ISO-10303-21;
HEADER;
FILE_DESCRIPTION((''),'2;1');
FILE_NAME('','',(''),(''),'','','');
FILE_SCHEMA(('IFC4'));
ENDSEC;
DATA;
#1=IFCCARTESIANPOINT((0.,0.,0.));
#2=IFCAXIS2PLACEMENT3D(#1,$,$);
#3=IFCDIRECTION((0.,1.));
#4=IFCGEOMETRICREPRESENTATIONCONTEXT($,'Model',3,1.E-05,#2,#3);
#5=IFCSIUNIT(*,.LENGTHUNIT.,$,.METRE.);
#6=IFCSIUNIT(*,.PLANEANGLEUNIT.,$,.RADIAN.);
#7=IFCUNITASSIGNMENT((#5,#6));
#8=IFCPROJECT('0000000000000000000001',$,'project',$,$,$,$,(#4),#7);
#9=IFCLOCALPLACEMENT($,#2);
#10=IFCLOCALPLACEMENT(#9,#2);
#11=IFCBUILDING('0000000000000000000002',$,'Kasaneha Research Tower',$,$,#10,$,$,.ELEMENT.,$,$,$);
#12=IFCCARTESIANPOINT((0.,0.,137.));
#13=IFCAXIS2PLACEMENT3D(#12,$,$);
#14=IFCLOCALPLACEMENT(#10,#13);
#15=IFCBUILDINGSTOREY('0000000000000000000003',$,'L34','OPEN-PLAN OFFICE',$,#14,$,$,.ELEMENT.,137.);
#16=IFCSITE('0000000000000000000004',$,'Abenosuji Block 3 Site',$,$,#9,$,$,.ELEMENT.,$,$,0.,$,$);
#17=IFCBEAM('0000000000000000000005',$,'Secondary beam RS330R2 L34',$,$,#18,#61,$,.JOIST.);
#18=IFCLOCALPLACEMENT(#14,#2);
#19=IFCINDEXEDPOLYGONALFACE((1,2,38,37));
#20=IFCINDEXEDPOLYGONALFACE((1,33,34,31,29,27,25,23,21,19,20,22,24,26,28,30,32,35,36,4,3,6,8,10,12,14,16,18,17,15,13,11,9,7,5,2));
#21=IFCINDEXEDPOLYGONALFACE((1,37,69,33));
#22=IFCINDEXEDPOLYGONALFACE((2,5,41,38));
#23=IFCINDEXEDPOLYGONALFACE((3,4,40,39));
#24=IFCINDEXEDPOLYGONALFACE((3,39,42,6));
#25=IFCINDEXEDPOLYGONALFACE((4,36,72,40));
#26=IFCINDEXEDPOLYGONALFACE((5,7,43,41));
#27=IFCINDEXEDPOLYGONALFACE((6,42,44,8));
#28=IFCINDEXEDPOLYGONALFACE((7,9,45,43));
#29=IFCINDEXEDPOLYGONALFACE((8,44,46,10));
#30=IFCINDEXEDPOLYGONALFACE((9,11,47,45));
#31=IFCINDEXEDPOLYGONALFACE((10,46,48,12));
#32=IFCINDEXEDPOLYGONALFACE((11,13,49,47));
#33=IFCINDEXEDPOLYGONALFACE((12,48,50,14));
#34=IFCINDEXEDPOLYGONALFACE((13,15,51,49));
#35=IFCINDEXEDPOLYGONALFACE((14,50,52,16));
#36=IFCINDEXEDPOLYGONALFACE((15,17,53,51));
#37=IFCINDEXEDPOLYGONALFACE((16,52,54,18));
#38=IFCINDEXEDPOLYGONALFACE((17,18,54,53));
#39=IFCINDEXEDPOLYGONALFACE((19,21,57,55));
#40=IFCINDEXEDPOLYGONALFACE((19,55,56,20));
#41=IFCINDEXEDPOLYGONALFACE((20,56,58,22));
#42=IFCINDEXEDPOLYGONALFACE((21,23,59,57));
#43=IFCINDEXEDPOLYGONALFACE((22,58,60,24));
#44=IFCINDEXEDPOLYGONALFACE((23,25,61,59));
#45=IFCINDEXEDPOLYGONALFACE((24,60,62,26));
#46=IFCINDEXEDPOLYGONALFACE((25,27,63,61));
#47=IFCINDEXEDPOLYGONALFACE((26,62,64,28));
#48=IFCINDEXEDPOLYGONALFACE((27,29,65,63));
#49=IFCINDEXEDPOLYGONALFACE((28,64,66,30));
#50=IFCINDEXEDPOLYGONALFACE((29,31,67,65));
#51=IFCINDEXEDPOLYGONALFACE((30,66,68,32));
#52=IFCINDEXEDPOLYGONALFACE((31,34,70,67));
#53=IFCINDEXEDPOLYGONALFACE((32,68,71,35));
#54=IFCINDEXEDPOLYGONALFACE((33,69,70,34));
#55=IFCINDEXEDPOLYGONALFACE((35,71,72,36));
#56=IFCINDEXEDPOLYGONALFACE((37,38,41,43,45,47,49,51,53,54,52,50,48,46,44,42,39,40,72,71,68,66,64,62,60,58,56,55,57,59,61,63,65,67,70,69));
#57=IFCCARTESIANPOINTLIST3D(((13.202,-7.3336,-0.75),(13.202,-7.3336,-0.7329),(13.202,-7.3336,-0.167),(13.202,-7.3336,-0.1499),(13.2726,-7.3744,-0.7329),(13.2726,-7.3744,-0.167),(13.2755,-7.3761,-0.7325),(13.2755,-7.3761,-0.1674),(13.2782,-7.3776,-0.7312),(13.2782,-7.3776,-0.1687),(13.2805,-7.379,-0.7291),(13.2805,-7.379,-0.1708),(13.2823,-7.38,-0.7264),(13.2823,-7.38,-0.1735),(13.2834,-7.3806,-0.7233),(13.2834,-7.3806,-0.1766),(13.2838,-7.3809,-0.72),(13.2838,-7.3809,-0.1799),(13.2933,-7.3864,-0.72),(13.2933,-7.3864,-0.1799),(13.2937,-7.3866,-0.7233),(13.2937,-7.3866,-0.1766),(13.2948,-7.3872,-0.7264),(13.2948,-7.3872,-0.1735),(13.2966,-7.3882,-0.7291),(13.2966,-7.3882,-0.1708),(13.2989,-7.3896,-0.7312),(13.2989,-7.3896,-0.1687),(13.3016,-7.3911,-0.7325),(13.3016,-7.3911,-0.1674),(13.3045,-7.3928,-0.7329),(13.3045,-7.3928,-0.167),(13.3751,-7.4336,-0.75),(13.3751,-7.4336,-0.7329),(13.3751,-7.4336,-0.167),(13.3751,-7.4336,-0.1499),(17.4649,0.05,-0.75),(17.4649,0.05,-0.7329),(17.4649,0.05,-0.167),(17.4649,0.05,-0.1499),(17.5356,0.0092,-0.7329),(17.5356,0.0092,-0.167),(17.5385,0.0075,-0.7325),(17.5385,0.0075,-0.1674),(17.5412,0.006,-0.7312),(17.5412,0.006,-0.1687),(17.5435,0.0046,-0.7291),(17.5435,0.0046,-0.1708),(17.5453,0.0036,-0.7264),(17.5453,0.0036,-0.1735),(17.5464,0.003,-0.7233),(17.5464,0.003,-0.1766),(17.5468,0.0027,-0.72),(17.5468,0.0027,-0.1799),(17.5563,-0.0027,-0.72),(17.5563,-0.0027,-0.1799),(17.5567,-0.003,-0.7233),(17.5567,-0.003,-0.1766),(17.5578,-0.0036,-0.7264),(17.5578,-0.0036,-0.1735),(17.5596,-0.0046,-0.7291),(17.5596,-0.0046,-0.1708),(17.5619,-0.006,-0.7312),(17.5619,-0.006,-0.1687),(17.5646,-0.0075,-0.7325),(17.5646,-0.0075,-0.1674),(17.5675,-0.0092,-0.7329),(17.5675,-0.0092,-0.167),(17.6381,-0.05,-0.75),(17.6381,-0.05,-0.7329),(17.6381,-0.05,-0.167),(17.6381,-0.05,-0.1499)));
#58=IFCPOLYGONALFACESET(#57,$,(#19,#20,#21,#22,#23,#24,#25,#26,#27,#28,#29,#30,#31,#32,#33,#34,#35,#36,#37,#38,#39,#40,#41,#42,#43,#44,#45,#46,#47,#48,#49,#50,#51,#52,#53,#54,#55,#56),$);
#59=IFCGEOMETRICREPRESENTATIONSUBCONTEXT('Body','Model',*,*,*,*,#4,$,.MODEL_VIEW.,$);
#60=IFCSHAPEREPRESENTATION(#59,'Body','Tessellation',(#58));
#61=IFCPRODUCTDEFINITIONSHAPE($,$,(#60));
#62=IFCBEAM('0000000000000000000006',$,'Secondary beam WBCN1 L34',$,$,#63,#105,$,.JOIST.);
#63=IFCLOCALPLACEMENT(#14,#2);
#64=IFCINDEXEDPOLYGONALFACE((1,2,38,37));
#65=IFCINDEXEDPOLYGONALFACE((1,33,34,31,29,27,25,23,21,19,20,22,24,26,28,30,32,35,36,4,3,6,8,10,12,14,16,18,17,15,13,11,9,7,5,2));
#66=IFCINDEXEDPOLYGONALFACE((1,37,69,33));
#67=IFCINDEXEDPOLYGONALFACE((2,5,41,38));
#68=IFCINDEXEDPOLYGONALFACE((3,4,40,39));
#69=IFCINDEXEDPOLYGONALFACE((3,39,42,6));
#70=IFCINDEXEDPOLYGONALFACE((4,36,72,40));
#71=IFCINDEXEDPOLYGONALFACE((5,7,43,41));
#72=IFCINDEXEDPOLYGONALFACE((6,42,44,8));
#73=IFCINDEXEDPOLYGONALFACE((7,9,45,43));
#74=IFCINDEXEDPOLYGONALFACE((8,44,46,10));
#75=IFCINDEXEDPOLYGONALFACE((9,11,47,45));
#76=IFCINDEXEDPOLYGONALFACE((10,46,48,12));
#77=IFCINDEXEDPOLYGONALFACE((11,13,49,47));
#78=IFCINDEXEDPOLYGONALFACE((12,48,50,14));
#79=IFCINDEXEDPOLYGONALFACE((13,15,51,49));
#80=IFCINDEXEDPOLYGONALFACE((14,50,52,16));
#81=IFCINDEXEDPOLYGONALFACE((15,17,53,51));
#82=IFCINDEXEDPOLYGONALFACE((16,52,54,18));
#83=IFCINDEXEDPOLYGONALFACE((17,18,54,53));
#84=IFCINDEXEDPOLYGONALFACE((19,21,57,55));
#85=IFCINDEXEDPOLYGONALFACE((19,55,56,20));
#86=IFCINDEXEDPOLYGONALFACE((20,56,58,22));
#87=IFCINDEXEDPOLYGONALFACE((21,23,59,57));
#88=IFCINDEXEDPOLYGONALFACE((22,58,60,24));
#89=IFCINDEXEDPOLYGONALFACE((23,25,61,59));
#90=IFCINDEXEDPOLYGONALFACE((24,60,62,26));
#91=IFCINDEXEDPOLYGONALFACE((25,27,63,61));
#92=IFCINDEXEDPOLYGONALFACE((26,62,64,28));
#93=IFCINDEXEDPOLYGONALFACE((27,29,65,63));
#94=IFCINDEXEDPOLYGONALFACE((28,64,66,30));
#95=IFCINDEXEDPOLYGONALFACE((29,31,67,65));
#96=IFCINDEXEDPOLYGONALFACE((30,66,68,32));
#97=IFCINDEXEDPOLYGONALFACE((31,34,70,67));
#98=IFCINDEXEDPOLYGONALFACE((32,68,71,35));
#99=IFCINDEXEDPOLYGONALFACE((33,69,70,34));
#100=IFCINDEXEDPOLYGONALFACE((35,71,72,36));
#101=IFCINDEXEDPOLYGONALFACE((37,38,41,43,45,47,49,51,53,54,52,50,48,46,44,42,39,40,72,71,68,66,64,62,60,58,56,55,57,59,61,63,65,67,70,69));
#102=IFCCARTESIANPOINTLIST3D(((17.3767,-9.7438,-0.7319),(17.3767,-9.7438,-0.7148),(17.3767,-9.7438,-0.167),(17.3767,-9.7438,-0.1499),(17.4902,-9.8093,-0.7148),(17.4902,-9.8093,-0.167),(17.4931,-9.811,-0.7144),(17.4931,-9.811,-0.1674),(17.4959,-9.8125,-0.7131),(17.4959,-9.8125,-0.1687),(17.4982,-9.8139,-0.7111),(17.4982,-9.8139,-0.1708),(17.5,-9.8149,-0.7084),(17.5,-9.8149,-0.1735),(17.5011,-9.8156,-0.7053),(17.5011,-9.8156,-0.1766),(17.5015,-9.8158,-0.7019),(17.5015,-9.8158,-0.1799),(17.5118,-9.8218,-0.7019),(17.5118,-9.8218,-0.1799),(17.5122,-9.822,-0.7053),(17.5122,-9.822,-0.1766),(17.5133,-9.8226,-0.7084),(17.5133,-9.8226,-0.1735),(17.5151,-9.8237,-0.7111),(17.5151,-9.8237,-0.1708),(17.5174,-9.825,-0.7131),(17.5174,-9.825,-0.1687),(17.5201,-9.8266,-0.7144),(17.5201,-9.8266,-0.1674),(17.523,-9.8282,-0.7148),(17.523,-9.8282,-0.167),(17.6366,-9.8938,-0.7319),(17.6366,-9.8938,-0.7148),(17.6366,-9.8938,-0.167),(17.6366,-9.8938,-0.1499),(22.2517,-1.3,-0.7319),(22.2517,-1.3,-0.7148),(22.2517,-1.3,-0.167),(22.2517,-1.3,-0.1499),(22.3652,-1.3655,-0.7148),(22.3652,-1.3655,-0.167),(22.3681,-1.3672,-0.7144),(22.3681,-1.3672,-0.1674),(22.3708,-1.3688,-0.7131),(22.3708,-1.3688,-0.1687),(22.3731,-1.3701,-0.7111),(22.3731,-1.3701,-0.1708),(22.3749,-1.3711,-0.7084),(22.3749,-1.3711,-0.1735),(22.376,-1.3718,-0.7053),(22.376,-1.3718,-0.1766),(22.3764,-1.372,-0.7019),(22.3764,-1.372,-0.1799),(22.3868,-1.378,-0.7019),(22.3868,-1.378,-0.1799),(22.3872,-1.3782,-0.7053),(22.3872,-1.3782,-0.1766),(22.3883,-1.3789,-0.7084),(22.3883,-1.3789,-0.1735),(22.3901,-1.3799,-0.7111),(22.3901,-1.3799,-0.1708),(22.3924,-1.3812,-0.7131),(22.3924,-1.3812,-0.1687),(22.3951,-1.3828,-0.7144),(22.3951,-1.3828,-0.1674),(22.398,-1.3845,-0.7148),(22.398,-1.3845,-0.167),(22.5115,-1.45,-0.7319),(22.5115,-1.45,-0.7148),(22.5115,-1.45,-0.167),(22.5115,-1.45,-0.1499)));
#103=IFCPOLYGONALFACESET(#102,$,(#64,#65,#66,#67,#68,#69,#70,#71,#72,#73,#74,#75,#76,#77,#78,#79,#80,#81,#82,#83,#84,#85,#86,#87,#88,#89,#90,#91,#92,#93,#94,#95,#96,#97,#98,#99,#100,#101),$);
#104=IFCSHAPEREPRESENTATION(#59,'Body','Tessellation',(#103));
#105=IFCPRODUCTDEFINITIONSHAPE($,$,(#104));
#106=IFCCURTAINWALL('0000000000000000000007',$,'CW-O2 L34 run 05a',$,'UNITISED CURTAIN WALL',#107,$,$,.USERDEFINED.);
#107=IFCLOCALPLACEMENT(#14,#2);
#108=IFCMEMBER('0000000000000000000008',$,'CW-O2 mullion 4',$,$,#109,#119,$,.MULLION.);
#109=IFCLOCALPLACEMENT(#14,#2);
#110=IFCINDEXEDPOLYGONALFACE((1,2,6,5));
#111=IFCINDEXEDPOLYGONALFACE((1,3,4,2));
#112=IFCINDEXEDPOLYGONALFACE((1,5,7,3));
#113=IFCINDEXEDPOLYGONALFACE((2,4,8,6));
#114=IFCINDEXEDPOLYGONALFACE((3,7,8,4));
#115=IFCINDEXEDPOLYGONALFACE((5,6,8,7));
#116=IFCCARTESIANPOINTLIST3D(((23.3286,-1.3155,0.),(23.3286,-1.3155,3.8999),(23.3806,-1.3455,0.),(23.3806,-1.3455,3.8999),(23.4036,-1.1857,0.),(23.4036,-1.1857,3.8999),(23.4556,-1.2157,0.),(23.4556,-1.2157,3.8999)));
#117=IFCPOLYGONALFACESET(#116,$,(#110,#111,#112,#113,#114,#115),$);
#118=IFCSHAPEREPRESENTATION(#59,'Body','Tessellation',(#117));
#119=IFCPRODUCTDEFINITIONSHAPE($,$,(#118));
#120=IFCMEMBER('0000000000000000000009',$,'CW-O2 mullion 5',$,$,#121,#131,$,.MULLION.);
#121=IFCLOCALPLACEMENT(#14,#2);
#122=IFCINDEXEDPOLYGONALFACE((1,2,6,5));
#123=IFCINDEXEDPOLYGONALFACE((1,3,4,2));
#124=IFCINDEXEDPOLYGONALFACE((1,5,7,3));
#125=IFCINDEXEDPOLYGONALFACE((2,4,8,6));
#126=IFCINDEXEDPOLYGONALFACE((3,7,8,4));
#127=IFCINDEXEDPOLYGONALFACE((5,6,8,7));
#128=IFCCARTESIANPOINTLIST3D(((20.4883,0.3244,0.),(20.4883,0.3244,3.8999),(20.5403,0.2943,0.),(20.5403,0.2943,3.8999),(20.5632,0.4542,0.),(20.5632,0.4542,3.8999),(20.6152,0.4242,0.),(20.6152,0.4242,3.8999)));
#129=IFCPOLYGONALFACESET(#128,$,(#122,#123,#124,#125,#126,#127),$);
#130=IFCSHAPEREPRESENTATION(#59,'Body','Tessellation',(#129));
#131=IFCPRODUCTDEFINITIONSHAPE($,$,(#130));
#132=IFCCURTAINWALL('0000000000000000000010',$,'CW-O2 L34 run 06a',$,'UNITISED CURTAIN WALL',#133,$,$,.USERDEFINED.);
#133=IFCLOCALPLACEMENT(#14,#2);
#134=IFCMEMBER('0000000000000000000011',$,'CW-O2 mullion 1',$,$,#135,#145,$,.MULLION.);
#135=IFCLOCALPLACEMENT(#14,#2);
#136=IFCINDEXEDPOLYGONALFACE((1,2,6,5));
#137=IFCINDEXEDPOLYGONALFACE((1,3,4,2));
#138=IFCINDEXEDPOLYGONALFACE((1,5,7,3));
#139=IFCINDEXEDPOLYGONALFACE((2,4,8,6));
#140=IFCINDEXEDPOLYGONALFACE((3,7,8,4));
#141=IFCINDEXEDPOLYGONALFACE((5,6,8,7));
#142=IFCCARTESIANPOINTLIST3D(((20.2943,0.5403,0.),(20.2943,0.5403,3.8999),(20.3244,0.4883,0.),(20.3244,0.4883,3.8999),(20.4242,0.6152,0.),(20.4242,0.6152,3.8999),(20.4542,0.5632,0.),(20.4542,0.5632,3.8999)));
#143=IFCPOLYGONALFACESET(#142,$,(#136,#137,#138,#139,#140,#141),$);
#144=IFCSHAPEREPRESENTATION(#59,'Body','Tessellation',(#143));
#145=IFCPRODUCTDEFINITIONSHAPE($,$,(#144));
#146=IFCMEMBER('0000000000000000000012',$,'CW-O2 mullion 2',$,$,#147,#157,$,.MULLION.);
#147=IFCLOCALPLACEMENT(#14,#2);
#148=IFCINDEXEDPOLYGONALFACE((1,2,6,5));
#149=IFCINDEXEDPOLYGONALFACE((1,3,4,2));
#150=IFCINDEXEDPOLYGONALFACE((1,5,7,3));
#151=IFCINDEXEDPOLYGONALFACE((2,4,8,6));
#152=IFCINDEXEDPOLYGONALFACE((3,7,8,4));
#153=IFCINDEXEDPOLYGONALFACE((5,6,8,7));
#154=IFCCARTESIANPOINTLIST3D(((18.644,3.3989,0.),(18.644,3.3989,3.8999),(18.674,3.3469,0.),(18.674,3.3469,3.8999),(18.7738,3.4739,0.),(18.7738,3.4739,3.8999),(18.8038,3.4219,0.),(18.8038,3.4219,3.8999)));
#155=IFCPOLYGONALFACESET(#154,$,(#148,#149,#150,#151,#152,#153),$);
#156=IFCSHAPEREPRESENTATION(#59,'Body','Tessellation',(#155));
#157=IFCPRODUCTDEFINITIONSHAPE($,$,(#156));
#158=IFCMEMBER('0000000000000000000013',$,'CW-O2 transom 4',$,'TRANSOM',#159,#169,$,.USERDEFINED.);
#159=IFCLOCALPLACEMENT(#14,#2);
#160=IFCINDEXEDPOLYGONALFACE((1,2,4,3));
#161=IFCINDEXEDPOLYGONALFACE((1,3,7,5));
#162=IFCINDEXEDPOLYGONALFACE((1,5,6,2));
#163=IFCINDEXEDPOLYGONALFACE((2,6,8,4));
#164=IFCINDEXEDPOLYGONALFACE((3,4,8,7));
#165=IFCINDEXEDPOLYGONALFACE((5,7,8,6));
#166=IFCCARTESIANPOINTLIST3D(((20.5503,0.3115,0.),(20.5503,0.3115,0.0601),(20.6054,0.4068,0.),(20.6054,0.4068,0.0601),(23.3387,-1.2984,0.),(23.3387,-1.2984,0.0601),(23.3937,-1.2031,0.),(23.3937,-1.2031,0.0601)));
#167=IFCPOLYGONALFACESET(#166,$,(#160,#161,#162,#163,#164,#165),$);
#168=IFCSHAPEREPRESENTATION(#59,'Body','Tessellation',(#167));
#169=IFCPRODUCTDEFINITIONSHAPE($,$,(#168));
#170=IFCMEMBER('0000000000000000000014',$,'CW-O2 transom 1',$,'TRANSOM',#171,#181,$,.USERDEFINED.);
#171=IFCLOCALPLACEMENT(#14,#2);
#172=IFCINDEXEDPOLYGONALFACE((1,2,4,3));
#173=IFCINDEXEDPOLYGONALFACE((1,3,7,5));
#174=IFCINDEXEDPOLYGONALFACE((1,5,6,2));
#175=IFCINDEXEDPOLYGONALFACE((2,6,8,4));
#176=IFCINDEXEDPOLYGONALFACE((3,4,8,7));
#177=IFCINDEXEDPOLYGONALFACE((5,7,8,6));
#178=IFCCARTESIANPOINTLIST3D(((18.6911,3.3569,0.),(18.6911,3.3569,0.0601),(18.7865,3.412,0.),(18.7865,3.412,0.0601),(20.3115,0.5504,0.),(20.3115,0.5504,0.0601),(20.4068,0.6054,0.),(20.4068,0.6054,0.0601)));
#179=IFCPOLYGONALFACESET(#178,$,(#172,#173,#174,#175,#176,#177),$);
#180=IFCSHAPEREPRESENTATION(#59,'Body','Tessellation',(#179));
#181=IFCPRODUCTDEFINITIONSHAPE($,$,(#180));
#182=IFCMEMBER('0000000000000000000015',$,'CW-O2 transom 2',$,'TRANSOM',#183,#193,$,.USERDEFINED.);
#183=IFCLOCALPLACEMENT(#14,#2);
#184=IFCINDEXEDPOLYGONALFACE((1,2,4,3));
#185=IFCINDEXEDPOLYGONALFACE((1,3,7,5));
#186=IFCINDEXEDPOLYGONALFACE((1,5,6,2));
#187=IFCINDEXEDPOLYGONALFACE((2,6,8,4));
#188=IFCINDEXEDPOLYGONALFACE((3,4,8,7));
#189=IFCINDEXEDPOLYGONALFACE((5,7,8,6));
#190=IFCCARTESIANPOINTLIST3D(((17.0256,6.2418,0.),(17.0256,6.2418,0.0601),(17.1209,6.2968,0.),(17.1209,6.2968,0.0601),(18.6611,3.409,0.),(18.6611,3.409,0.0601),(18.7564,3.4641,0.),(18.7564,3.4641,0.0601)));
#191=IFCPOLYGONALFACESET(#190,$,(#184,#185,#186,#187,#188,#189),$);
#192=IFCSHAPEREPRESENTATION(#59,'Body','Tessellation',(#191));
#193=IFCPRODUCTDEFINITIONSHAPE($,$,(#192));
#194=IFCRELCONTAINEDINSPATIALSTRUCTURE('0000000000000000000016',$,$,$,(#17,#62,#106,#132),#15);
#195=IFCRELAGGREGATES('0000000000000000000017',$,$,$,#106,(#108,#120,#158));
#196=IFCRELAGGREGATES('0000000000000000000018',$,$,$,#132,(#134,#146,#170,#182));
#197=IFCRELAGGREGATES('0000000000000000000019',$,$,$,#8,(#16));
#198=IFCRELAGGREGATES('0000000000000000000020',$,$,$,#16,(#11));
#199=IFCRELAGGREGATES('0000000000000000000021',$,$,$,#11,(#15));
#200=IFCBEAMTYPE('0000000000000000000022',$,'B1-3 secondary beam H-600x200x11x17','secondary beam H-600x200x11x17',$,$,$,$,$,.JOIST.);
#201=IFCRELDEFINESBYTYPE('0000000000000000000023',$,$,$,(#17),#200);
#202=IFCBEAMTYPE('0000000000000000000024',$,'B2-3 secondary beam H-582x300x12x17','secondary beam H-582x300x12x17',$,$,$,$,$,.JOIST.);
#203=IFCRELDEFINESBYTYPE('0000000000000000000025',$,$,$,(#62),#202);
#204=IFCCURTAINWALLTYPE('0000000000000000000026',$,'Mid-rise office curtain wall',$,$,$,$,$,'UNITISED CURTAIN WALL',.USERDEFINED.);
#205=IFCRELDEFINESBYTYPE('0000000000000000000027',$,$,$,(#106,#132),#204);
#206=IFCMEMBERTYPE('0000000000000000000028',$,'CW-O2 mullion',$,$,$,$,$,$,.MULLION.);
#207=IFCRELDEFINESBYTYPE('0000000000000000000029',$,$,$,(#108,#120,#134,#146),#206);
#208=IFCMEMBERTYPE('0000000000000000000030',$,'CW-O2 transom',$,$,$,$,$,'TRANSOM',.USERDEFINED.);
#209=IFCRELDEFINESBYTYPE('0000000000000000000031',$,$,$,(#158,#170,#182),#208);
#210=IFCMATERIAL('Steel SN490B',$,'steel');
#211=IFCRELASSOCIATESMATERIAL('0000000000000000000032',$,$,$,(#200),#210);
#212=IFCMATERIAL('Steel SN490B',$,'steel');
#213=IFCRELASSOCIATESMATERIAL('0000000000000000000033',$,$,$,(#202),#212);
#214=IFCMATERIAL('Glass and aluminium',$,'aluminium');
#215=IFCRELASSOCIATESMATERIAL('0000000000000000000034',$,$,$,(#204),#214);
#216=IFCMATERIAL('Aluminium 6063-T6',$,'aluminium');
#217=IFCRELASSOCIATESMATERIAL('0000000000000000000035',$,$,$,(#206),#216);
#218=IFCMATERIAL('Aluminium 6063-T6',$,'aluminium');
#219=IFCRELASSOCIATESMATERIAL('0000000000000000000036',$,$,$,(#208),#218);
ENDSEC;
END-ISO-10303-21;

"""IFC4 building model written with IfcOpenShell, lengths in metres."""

from ifc_helpers import new_model, si_unit, direction, frame, origin, origin_2d, place, context, subcontext, project, spatial, rectangle, i_section, extrude, material, material_profile, profile_set, type_object, element, aggregate, save


model = new_model("IFC4")

# Units and contexts
model_context = context("Model", 3, precision=1e-05, world=origin(), true_north=direction((0.0, 1.0)))
body_context = subcontext(model_context, "Body", "Model", "MODEL_VIEW")
ifc_project = project(units=[si_unit("LENGTHUNIT", "METRE"), si_unit("PLANEANGLEUNIT", "RADIAN")], contexts=[model_context])

# Site, building, storey
site_placement = place(None, origin())
site = spatial("IfcSite", under=ifc_project, at=site_placement, Name="Abenosuji Block 3 Site", CompositionType="ELEMENT", RefElevation=0.0)
building_placement = place(site_placement, origin())
building = spatial("IfcBuilding", under=site, at=building_placement, Name="Kasaneha Research Tower", CompositionType="ELEMENT")
storey_placement = place(building_placement, frame((0.0, 0.0, 137.0)))
storey = spatial("IfcBuildingStorey", under=building, at=storey_placement, Name="L34", Description="OPEN-PLAN OFFICE", CompositionType="ELEMENT", Elevation=137.0)

# Beams
ifc_material_1 = material(Name="Steel SN490B", Category="steel")
ifc_material_profile_1 = material_profile(ifc_material_1, i_section(OverallWidth=0.2, OverallDepth=0.6001, WebThickness=0.011, FlangeThickness=0.0171, FilletRadius=0.0129, at=origin_2d()), Name="H-600x200x11x17")
ifc_profile_set_1 = profile_set([ifc_material_profile_1], Name="Steel SN490B")
beam_type_1 = type_object("IfcBeamType", Name="B1-3 secondary beam H-600x200x11x17", Description="secondary beam H-600x200x11x17", PredefinedType="JOIST", material=ifc_profile_set_1)
beam_1_placement = place(storey_placement, frame((17.5515, 0.0, -0.45), z_axis=(-0.500004, -0.866023, 0.0), x_axis=(0.866023, -0.500004, 0.0)))
element("IfcBeam", 1, at=beam_1_placement, inside=storey, type_object=beam_type_1, Name="Secondary beam RS330R2 L34", PredefinedType="JOIST", context=body_context, shape_type="SweptSolid", body=[
    extrude(i_section(OverallWidth=0.2, OverallDepth=0.6001, WebThickness=0.011, FlangeThickness=0.0171, FilletRadius=0.0129, at=origin_2d()), origin(), (0.0, 0.0, 1.0), 8.5259),
])
ifc_material_2 = material(Name="Steel SN490B", Category="steel")
ifc_material_profile_2 = material_profile(ifc_material_2, i_section(OverallWidth=0.3, OverallDepth=0.582, WebThickness=0.012, FlangeThickness=0.0171, FilletRadius=0.0129, at=origin_2d()), Name="H-582x300x12x17")
ifc_profile_set_2 = profile_set([ifc_material_profile_2], Name="Steel SN490B")
beam_type_2 = type_object("IfcBeamType", Name="B2-3 secondary beam H-582x300x12x17", Description="secondary beam H-582x300x12x17", PredefinedType="JOIST", material=ifc_profile_set_2)
beam_2_placement = place(storey_placement, frame((22.3816, -1.375, -0.4409), z_axis=(-0.499996, -0.866028, 0.0), x_axis=(0.866028, -0.499996, 0.0)))
element("IfcBeam", 2, at=beam_2_placement, inside=storey, type_object=beam_type_2, Name="Secondary beam WBCN1 L34", PredefinedType="JOIST", context=body_context, shape_type="SweptSolid", body=[
    extrude(i_section(OverallWidth=0.3, OverallDepth=0.582, WebThickness=0.012, FlangeThickness=0.0171, FilletRadius=0.0129, at=origin_2d()), origin(), (0.0, 0.0, 1.0), 9.75),
])

# Curtain walls, members
ifc_material_3 = material(Name="Glass and aluminium", Category="aluminium")
curtain_wall_type = type_object("IfcCurtainWallType", Name="Mid-rise office curtain wall", ElementType="UNITISED CURTAIN WALL", PredefinedType="USERDEFINED", material=ifc_material_3)
curtain_wall_1_placement = place(storey_placement, origin())
curtain_wall_1 = element("IfcCurtainWall", 3, at=curtain_wall_1_placement, inside=storey, type_object=curtain_wall_type, Name="CW-O2 L34 run 05a", ObjectType="UNITISED CURTAIN WALL", PredefinedType="USERDEFINED")
ifc_material_4 = material(Name="Aluminium 6063-T6", Category="aluminium")
ifc_material_profile_3 = material_profile(ifc_material_4, rectangle(XDim=0.0601, YDim=0.1499, at=origin_2d()), Name="CW-O2 mullion 60x150")
ifc_profile_set_3 = profile_set([ifc_material_profile_3], Name="Aluminium 6063-T6")
member_type_1 = type_object("IfcMemberType", Name="CW-O2 mullion", PredefinedType="MULLION", material=ifc_profile_set_3)
member_1_placement = place(storey_placement, frame((23.3921, -1.2656, 0.0), z_axis=(0.0, 0.0, 1.0), x_axis=(-0.866025, 0.5, 0.0)))
member_1 = element("IfcMember", 4, at=member_1_placement, type_object=member_type_1, Name="CW-O2 mullion 4", PredefinedType="MULLION", context=body_context, shape_type="SweptSolid", body=[
    extrude(rectangle(XDim=0.0601, YDim=0.1499, at=origin_2d()), origin(), (0.0, 0.0, 1.0), 3.8999),
])
member_2_placement = place(storey_placement, frame((20.5518, 0.3743, 0.0), z_axis=(0.0, 0.0, 1.0), x_axis=(-0.866025, 0.5, 0.0)))
member_2 = element("IfcMember", 5, at=member_2_placement, type_object=member_type_1, Name="CW-O2 mullion 5", PredefinedType="MULLION", context=body_context, shape_type="SweptSolid", body=[
    extrude(rectangle(XDim=0.0601, YDim=0.1499, at=origin_2d()), origin(), (0.0, 0.0, 1.0), 3.8999),
])
curtain_wall_2_placement = place(storey_placement, origin())
curtain_wall_2 = element("IfcCurtainWall", 6, at=curtain_wall_2_placement, inside=storey, type_object=curtain_wall_type, Name="CW-O2 L34 run 06a", ObjectType="UNITISED CURTAIN WALL", PredefinedType="USERDEFINED")
member_3_placement = place(storey_placement, frame((20.3743, 0.5518, 0.0), z_axis=(0.0, 0.0, 1.0), x_axis=(-0.5, 0.866025, 0.0)))
member_3 = element("IfcMember", 7, at=member_3_placement, type_object=member_type_1, Name="CW-O2 mullion 1", PredefinedType="MULLION", context=body_context, shape_type="SweptSolid", body=[
    extrude(rectangle(XDim=0.0601, YDim=0.1499, at=origin_2d()), origin(), (0.0, 0.0, 1.0), 3.8999),
])
member_4_placement = place(storey_placement, frame((18.7239, 3.4104, 0.0), z_axis=(0.0, 0.0, 1.0), x_axis=(-0.5, 0.866025, 0.0)))
member_4 = element("IfcMember", 8, at=member_4_placement, type_object=member_type_1, Name="CW-O2 mullion 2", PredefinedType="MULLION", context=body_context, shape_type="SweptSolid", body=[
    extrude(rectangle(XDim=0.0601, YDim=0.1499, at=origin_2d()), origin(), (0.0, 0.0, 1.0), 3.8999),
])

# Members
ifc_material_5 = material(Name="Aluminium 6063-T6", Category="aluminium")
ifc_material_profile_4 = material_profile(ifc_material_5, rectangle(XDim=0.1101, YDim=0.0601, at=origin_2d()), Name="CW-O2 transom 110x60")
ifc_profile_set_4 = profile_set([ifc_material_profile_4], Name="Aluminium 6063-T6")
member_type_2 = type_object("IfcMemberType", Name="CW-O2 transom", ElementType="TRANSOM", PredefinedType="USERDEFINED", material=ifc_profile_set_4)
member_5_placement = place(storey_placement, frame((23.3662, -1.2507, 0.03), z_axis=(-0.866023, 0.500005, 0.0), x_axis=(-0.500005, -0.866023, 0.0)))
member_5 = element("IfcMember", 9, at=member_5_placement, type_object=member_type_2, Name="CW-O2 transom 4", ObjectType="TRANSOM", PredefinedType="USERDEFINED", context=body_context, shape_type="SweptSolid", body=[
    extrude(rectangle(XDim=0.1101, YDim=0.0601, at=origin_2d()), origin(), (0.0, 0.0, 1.0), 3.2197),
])
member_6_placement = place(storey_placement, frame((20.3591, 0.5779, 0.03), z_axis=(-0.499988, 0.866033, 0.0), x_axis=(-0.866033, -0.499988, 0.0)))
member_6 = element("IfcMember", 10, at=member_6_placement, type_object=member_type_2, Name="CW-O2 transom 1", ObjectType="TRANSOM", PredefinedType="USERDEFINED", context=body_context, shape_type="SweptSolid", body=[
    extrude(rectangle(XDim=0.1101, YDim=0.0601, at=origin_2d()), origin(), (0.0, 0.0, 1.0), 3.2407),
])
member_7_placement = place(storey_placement, frame((18.7087, 3.4365, 0.03), z_axis=(-0.5, 0.866025, 0.0), x_axis=(-0.866025, -0.5, 0.0)))
member_7 = element("IfcMember", 11, at=member_7_placement, type_object=member_type_2, Name="CW-O2 transom 2", ObjectType="TRANSOM", PredefinedType="USERDEFINED", context=body_context, shape_type="SweptSolid", body=[
    extrude(rectangle(XDim=0.1101, YDim=0.0601, at=origin_2d()), origin(), (0.0, 0.0, 1.0), 3.271),
])

aggregate(curtain_wall_1, [member_1, member_2, member_5])
aggregate(curtain_wall_2, [member_3, member_4, member_6, member_7])

save(model, "model.ifc")
